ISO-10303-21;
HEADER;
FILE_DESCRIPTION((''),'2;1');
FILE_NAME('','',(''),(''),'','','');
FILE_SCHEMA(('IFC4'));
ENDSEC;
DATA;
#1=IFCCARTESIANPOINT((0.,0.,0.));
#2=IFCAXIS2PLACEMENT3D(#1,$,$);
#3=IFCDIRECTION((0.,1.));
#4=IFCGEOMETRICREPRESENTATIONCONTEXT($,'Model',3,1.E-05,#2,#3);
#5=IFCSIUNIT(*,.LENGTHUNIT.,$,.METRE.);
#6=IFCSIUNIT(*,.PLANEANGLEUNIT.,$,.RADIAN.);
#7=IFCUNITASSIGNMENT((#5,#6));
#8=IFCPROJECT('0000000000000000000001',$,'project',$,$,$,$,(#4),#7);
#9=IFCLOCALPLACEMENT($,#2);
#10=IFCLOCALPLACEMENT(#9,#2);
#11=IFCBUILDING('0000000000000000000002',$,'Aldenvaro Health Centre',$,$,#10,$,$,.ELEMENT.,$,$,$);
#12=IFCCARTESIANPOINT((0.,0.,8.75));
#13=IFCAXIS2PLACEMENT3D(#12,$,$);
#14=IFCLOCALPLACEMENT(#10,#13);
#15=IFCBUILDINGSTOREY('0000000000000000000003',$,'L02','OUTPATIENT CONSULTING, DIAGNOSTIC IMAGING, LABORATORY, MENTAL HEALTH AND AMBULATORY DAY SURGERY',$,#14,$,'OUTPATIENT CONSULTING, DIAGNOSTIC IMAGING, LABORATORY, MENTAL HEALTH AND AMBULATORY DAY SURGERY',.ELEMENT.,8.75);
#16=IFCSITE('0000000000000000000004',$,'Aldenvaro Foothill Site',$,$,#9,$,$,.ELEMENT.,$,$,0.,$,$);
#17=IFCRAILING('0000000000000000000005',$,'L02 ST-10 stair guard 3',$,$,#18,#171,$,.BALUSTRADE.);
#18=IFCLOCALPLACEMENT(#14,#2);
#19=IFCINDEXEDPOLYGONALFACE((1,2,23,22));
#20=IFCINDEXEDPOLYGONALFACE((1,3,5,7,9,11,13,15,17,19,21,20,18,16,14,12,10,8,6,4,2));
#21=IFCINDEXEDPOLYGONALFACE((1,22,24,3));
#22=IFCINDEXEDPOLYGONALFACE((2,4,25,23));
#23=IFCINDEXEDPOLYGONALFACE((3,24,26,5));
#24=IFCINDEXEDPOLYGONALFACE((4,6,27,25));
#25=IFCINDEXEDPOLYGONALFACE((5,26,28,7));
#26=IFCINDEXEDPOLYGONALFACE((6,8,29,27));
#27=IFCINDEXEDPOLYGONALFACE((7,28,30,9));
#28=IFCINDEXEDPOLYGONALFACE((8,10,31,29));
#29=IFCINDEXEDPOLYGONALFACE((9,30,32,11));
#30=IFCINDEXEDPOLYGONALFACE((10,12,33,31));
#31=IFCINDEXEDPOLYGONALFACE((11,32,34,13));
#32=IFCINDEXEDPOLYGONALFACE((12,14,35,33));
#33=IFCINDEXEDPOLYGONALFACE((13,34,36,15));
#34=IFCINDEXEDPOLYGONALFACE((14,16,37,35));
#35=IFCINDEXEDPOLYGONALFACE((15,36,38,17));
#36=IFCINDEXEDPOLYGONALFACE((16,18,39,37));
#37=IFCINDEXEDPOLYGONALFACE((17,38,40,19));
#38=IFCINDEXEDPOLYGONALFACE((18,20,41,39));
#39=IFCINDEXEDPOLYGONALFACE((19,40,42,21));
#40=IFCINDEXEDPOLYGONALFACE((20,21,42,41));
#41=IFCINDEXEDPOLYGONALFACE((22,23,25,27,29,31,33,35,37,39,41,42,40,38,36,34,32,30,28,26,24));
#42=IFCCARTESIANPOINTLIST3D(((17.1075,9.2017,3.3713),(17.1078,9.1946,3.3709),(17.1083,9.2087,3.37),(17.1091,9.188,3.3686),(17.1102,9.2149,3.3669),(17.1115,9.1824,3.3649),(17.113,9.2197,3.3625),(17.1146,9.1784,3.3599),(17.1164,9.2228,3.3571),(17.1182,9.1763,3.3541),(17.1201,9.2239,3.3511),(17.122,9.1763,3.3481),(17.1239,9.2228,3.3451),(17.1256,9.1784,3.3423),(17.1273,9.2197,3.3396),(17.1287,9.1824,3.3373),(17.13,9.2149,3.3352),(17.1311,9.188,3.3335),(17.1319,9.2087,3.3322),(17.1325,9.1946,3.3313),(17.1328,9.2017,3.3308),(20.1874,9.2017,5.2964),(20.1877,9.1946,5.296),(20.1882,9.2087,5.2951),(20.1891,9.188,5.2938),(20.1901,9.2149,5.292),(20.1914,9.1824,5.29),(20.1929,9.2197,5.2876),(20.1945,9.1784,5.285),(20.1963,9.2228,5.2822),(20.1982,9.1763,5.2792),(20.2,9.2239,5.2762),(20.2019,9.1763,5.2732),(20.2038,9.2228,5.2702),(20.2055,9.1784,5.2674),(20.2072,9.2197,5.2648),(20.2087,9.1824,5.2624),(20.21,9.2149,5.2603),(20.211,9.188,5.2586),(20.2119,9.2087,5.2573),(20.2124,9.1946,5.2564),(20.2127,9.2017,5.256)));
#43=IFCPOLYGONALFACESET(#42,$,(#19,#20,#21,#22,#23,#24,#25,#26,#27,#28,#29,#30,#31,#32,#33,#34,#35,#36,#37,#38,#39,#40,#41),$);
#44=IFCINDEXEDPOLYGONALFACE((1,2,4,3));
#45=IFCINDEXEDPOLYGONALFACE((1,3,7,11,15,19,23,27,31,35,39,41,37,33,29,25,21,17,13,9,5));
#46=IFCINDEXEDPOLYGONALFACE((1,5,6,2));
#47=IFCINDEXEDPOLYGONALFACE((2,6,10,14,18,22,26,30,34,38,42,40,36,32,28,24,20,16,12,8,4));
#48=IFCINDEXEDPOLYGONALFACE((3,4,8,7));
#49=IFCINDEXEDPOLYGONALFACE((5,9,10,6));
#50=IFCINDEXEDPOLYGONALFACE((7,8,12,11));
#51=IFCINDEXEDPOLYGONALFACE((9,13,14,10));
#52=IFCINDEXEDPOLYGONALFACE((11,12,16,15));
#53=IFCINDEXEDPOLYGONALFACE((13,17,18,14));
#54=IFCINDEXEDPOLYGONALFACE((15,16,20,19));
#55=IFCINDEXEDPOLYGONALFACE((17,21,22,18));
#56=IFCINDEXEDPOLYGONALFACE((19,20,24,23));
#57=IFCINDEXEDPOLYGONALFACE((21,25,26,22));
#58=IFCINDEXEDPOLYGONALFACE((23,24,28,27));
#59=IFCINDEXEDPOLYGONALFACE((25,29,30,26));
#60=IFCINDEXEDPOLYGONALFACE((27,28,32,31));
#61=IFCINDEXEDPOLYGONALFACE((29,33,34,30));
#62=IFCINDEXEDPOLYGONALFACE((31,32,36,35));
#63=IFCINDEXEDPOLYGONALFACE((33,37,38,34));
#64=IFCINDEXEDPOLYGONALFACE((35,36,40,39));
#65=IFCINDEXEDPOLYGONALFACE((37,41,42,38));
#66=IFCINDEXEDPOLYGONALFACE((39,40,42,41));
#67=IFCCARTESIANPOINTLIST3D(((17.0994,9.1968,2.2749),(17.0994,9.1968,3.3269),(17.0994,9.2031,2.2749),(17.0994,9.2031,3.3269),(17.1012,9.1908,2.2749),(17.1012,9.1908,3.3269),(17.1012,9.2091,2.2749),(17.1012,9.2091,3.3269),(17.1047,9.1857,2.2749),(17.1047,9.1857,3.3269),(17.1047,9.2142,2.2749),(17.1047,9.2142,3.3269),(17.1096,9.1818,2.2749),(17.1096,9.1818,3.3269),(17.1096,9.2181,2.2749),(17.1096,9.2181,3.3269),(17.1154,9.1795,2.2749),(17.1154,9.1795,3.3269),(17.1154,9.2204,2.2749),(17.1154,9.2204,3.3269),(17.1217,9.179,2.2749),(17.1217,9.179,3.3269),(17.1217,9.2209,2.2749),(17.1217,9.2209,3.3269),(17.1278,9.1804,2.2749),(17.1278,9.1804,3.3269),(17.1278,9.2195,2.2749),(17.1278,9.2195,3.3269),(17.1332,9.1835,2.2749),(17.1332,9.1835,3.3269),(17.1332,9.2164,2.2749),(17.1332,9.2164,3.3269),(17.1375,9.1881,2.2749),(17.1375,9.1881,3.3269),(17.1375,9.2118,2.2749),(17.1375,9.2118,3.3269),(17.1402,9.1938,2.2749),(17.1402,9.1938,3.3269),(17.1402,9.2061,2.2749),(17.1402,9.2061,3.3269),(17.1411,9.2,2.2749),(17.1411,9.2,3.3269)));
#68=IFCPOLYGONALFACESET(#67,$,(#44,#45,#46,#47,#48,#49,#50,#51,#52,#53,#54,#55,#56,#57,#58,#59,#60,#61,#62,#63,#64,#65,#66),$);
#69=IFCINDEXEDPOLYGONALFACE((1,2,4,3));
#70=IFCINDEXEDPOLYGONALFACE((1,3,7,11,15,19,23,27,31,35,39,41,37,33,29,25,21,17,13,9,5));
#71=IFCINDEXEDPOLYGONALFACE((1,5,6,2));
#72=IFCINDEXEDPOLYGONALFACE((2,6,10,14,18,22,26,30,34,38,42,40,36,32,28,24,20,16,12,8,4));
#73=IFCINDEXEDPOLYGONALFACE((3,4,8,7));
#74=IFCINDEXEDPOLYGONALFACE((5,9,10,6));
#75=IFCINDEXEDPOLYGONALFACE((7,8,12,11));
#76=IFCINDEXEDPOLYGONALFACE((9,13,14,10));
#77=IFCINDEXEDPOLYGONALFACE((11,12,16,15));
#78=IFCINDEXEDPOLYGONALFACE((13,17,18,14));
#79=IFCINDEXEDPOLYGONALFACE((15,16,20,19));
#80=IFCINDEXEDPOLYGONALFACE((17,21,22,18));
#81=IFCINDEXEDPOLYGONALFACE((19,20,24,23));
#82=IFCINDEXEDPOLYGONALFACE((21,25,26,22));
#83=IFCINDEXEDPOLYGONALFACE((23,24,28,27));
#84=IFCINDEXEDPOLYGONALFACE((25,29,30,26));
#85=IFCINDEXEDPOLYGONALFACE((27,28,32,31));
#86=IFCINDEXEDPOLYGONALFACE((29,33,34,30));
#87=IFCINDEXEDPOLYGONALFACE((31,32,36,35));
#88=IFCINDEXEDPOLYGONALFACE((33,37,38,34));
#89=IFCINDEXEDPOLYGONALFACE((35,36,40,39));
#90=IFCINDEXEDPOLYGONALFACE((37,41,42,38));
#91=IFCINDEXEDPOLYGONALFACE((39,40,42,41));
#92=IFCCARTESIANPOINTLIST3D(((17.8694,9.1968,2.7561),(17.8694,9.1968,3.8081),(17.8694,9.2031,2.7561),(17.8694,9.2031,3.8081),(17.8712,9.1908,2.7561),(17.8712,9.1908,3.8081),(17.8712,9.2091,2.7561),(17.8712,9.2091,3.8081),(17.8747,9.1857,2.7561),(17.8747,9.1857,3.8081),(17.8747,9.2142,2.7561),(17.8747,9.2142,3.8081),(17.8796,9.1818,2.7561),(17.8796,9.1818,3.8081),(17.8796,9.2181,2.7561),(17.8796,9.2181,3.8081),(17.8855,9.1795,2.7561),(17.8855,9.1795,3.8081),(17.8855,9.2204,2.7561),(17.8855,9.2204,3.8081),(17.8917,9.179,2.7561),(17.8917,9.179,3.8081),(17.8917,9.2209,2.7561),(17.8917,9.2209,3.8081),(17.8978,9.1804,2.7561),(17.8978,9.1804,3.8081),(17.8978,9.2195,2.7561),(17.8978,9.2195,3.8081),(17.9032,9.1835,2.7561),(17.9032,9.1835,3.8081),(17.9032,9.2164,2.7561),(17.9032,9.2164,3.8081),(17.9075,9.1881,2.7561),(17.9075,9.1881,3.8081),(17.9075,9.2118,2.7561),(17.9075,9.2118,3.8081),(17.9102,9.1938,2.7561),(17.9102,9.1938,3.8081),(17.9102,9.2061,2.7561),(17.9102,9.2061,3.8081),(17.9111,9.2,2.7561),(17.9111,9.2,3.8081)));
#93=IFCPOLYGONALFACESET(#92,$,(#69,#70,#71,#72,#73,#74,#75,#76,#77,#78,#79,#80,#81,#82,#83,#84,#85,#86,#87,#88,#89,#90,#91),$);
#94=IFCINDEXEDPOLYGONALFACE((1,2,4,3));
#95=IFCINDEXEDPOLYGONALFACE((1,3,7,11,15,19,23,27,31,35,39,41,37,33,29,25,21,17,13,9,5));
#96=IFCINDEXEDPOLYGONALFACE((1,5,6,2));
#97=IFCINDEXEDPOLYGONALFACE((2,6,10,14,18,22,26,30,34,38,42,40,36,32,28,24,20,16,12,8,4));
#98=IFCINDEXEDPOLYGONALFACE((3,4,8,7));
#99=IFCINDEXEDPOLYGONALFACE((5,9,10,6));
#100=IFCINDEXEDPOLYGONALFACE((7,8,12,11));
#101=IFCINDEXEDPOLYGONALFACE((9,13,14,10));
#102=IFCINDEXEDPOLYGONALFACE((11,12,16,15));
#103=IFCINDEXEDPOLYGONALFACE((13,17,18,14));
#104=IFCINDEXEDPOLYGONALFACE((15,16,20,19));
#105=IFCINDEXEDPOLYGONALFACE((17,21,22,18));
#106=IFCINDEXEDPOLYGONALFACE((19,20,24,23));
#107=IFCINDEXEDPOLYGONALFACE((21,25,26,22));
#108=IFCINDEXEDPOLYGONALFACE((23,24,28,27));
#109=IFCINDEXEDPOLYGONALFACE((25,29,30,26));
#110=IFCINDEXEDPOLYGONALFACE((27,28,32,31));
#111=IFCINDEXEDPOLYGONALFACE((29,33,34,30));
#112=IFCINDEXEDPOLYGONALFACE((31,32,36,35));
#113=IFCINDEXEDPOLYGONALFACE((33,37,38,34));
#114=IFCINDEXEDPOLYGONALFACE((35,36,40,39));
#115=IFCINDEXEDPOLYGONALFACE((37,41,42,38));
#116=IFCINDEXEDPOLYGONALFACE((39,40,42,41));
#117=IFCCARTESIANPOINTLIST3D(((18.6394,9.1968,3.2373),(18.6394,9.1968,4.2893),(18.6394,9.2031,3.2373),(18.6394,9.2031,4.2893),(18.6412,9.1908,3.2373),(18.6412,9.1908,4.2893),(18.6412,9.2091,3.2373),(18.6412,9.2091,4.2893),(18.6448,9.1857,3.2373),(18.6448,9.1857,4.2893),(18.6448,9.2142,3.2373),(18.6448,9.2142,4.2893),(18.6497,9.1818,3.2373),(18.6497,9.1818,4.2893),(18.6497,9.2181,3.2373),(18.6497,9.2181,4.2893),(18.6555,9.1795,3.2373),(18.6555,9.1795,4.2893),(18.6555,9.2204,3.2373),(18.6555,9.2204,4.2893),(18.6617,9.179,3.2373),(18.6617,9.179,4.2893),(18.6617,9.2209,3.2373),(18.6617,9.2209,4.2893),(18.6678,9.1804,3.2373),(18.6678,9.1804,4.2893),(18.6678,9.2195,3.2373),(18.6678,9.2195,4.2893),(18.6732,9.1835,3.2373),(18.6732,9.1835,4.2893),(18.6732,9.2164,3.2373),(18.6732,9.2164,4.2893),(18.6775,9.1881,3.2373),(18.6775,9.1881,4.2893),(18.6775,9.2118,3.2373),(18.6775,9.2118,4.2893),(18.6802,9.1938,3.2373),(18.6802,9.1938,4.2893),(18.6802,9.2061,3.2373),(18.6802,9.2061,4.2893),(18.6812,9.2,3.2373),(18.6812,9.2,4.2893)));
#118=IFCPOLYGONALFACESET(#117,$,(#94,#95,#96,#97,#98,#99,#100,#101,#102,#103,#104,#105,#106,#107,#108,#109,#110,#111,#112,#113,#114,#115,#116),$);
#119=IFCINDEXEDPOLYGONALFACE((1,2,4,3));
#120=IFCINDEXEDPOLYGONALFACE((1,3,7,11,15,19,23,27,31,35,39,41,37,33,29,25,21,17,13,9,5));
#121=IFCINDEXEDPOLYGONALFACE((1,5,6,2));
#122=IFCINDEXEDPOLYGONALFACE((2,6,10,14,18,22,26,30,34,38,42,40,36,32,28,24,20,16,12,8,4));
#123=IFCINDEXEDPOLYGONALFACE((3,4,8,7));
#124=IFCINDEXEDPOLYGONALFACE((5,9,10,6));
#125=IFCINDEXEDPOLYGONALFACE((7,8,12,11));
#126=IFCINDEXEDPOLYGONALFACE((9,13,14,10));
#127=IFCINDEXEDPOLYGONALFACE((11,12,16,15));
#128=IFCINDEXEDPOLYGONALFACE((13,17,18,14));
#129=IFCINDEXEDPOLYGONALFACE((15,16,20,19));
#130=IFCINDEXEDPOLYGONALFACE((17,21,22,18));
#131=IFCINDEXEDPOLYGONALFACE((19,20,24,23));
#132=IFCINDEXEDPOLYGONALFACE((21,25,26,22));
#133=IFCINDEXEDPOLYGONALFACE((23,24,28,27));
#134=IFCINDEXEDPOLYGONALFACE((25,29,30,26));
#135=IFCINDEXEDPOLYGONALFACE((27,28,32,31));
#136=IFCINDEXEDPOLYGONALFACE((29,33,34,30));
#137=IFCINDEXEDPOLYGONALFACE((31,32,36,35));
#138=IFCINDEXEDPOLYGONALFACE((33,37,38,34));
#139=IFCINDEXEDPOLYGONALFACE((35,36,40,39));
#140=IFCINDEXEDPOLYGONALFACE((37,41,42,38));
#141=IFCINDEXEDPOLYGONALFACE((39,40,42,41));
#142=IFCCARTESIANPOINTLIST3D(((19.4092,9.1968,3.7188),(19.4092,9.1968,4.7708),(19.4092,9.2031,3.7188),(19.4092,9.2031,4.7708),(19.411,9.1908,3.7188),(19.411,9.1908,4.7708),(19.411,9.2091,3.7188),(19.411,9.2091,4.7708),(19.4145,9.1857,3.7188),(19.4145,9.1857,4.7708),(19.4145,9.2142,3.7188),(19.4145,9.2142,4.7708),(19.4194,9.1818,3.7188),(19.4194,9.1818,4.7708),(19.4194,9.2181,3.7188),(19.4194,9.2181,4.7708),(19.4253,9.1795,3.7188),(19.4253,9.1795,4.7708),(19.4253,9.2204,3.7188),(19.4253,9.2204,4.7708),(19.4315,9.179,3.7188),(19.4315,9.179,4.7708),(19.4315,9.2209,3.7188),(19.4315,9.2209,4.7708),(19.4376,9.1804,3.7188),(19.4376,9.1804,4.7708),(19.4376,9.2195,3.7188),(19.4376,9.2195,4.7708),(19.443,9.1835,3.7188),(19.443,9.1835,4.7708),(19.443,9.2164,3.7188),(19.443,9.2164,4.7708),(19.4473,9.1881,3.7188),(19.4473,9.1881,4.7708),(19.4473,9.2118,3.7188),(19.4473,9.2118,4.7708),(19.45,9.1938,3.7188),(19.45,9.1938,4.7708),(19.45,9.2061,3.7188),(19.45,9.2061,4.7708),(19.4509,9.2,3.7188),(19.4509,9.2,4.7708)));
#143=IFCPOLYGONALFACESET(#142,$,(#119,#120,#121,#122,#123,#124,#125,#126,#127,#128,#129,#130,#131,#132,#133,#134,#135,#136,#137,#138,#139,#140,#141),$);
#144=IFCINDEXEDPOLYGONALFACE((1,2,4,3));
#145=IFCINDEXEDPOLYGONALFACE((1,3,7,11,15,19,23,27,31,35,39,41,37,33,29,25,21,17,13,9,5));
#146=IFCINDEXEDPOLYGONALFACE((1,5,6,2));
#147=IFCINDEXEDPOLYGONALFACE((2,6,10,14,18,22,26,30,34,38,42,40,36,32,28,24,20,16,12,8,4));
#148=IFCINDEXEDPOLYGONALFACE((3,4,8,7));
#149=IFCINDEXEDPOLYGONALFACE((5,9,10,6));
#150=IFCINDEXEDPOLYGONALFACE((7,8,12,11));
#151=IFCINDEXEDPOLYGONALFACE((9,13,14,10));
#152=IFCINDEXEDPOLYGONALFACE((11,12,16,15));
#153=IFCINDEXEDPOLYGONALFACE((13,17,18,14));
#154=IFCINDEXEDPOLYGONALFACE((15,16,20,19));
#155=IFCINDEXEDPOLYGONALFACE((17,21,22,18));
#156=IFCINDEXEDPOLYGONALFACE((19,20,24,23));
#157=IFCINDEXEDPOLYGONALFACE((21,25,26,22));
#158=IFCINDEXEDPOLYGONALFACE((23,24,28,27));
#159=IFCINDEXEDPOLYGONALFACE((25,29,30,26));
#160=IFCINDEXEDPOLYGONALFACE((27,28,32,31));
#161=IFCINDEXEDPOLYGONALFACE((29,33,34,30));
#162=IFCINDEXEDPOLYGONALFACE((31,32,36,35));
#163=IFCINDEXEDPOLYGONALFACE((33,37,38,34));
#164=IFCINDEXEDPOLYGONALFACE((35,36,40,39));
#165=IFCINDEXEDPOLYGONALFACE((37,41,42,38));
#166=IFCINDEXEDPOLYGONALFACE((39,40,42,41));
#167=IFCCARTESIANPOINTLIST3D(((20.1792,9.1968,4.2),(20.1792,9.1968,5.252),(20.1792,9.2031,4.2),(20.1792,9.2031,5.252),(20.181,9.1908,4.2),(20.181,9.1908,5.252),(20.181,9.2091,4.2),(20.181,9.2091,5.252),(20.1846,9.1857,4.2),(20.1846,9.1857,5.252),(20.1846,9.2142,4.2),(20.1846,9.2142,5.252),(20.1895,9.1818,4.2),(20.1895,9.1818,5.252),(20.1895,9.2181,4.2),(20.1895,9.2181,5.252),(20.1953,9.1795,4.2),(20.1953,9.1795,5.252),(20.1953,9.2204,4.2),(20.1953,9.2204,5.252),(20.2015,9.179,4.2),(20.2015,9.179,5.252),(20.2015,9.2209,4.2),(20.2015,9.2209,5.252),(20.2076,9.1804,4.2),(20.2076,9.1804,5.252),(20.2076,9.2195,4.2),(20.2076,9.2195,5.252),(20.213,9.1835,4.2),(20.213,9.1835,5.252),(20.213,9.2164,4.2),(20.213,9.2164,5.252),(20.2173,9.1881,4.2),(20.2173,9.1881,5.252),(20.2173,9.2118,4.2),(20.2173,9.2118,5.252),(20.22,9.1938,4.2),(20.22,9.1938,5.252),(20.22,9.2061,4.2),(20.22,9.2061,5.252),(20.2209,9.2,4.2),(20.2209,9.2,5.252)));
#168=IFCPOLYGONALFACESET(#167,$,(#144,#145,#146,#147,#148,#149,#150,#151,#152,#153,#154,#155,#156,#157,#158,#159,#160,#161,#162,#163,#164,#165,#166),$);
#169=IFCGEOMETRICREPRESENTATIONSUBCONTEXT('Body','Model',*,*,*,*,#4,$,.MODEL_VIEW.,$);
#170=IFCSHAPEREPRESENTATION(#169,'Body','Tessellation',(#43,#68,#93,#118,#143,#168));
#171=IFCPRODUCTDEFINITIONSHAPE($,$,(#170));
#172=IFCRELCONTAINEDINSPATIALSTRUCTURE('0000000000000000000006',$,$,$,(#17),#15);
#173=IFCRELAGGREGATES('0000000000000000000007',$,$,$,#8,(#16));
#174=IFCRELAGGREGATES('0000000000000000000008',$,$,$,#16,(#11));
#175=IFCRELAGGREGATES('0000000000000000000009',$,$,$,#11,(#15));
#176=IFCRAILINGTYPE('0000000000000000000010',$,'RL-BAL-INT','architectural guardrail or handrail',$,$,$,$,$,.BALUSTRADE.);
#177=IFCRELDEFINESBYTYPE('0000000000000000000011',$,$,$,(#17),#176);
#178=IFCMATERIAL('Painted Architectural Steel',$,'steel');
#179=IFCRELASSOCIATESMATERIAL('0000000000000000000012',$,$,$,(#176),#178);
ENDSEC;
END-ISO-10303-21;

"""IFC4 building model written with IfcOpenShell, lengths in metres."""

from ifc_helpers import new_model, si_unit, direction, frame, origin, origin_2d, place, context, subcontext, project, spatial, circle, extrude, material, type_object, element, save


model = new_model("IFC4")

# Units and contexts
model_context = context("Model", 3, precision=1e-05, world=origin(), true_north=direction((0.0, 1.0)))
body_context = subcontext(model_context, "Body", "Model", "MODEL_VIEW")
ifc_project = project(units=[si_unit("LENGTHUNIT", "METRE"), si_unit("PLANEANGLEUNIT", "RADIAN")], contexts=[model_context])

# Site, building, storey
site_placement = place(None, origin())
site = spatial("IfcSite", under=ifc_project, at=site_placement, Name="Aldenvaro Foothill Site", CompositionType="ELEMENT", RefElevation=0.0)
building_placement = place(site_placement, origin())
building = spatial("IfcBuilding", under=site, at=building_placement, Name="Aldenvaro Health Centre", CompositionType="ELEMENT")
storey_placement = place(building_placement, frame((0.0, 0.0, 8.75)))
storey = spatial("IfcBuildingStorey", under=building, at=storey_placement, Name="L02", Description="OUTPATIENT CONSULTING, DIAGNOSTIC IMAGING, LABORATORY, MENTAL HEALTH AND AMBULATORY DAY SURGERY", LongName="OUTPATIENT CONSULTING, DIAGNOSTIC IMAGING, LABORATORY, MENTAL HEALTH AND AMBULATORY DAY SURGERY", CompositionType="ELEMENT", Elevation=8.75)

# Railing
ifc_material_1 = material(Name="Painted Architectural Steel", Category="steel")
railing_type_1 = type_object("IfcRailingType", Name="RL-BAL-INT", Description="architectural guardrail or handrail", PredefinedType="BALUSTRADE", material=ifc_material_1)
railing_1_placement = place(storey_placement, frame((17.1201, 9.2, 2.2749)))
element("IfcRailing", 1, at=railing_1_placement, inside=storey, type_object=railing_type_1, Name="L02 ST-10 stair guard 3", PredefinedType="BALUSTRADE", context=body_context, shape_type="SweptSolid", body=[
    extrude(circle(Radius=0.0239, at=origin_2d()), frame((0.0, 0.0, 1.0762), z_axis=(0.847979, 0.0, 0.530029), x_axis=(0.0, 1.0, 0.0)), (0.0, 0.0, 1.0), 3.6321),
    extrude(circle(Radius=0.021, at=origin_2d()), origin(), (0.0, 0.0, 1.0), 1.052),
    extrude(circle(Radius=0.021, at=origin_2d()), frame((0.77, 0.0, 0.4812)), (0.0, 0.0, 1.0), 1.052),
    extrude(circle(Radius=0.021, at=origin_2d()), frame((1.54, 0.0, 0.9624)), (0.0, 0.0, 1.0), 1.052),
    extrude(circle(Radius=0.021, at=origin_2d()), frame((2.3098, 0.0, 1.4438)), (0.0, 0.0, 1.0), 1.052),
    extrude(circle(Radius=0.021, at=origin_2d()), frame((3.0798, 0.0, 1.925)), (0.0, 0.0, 1.0), 1.052),
])

save(model, "model.ifc")
